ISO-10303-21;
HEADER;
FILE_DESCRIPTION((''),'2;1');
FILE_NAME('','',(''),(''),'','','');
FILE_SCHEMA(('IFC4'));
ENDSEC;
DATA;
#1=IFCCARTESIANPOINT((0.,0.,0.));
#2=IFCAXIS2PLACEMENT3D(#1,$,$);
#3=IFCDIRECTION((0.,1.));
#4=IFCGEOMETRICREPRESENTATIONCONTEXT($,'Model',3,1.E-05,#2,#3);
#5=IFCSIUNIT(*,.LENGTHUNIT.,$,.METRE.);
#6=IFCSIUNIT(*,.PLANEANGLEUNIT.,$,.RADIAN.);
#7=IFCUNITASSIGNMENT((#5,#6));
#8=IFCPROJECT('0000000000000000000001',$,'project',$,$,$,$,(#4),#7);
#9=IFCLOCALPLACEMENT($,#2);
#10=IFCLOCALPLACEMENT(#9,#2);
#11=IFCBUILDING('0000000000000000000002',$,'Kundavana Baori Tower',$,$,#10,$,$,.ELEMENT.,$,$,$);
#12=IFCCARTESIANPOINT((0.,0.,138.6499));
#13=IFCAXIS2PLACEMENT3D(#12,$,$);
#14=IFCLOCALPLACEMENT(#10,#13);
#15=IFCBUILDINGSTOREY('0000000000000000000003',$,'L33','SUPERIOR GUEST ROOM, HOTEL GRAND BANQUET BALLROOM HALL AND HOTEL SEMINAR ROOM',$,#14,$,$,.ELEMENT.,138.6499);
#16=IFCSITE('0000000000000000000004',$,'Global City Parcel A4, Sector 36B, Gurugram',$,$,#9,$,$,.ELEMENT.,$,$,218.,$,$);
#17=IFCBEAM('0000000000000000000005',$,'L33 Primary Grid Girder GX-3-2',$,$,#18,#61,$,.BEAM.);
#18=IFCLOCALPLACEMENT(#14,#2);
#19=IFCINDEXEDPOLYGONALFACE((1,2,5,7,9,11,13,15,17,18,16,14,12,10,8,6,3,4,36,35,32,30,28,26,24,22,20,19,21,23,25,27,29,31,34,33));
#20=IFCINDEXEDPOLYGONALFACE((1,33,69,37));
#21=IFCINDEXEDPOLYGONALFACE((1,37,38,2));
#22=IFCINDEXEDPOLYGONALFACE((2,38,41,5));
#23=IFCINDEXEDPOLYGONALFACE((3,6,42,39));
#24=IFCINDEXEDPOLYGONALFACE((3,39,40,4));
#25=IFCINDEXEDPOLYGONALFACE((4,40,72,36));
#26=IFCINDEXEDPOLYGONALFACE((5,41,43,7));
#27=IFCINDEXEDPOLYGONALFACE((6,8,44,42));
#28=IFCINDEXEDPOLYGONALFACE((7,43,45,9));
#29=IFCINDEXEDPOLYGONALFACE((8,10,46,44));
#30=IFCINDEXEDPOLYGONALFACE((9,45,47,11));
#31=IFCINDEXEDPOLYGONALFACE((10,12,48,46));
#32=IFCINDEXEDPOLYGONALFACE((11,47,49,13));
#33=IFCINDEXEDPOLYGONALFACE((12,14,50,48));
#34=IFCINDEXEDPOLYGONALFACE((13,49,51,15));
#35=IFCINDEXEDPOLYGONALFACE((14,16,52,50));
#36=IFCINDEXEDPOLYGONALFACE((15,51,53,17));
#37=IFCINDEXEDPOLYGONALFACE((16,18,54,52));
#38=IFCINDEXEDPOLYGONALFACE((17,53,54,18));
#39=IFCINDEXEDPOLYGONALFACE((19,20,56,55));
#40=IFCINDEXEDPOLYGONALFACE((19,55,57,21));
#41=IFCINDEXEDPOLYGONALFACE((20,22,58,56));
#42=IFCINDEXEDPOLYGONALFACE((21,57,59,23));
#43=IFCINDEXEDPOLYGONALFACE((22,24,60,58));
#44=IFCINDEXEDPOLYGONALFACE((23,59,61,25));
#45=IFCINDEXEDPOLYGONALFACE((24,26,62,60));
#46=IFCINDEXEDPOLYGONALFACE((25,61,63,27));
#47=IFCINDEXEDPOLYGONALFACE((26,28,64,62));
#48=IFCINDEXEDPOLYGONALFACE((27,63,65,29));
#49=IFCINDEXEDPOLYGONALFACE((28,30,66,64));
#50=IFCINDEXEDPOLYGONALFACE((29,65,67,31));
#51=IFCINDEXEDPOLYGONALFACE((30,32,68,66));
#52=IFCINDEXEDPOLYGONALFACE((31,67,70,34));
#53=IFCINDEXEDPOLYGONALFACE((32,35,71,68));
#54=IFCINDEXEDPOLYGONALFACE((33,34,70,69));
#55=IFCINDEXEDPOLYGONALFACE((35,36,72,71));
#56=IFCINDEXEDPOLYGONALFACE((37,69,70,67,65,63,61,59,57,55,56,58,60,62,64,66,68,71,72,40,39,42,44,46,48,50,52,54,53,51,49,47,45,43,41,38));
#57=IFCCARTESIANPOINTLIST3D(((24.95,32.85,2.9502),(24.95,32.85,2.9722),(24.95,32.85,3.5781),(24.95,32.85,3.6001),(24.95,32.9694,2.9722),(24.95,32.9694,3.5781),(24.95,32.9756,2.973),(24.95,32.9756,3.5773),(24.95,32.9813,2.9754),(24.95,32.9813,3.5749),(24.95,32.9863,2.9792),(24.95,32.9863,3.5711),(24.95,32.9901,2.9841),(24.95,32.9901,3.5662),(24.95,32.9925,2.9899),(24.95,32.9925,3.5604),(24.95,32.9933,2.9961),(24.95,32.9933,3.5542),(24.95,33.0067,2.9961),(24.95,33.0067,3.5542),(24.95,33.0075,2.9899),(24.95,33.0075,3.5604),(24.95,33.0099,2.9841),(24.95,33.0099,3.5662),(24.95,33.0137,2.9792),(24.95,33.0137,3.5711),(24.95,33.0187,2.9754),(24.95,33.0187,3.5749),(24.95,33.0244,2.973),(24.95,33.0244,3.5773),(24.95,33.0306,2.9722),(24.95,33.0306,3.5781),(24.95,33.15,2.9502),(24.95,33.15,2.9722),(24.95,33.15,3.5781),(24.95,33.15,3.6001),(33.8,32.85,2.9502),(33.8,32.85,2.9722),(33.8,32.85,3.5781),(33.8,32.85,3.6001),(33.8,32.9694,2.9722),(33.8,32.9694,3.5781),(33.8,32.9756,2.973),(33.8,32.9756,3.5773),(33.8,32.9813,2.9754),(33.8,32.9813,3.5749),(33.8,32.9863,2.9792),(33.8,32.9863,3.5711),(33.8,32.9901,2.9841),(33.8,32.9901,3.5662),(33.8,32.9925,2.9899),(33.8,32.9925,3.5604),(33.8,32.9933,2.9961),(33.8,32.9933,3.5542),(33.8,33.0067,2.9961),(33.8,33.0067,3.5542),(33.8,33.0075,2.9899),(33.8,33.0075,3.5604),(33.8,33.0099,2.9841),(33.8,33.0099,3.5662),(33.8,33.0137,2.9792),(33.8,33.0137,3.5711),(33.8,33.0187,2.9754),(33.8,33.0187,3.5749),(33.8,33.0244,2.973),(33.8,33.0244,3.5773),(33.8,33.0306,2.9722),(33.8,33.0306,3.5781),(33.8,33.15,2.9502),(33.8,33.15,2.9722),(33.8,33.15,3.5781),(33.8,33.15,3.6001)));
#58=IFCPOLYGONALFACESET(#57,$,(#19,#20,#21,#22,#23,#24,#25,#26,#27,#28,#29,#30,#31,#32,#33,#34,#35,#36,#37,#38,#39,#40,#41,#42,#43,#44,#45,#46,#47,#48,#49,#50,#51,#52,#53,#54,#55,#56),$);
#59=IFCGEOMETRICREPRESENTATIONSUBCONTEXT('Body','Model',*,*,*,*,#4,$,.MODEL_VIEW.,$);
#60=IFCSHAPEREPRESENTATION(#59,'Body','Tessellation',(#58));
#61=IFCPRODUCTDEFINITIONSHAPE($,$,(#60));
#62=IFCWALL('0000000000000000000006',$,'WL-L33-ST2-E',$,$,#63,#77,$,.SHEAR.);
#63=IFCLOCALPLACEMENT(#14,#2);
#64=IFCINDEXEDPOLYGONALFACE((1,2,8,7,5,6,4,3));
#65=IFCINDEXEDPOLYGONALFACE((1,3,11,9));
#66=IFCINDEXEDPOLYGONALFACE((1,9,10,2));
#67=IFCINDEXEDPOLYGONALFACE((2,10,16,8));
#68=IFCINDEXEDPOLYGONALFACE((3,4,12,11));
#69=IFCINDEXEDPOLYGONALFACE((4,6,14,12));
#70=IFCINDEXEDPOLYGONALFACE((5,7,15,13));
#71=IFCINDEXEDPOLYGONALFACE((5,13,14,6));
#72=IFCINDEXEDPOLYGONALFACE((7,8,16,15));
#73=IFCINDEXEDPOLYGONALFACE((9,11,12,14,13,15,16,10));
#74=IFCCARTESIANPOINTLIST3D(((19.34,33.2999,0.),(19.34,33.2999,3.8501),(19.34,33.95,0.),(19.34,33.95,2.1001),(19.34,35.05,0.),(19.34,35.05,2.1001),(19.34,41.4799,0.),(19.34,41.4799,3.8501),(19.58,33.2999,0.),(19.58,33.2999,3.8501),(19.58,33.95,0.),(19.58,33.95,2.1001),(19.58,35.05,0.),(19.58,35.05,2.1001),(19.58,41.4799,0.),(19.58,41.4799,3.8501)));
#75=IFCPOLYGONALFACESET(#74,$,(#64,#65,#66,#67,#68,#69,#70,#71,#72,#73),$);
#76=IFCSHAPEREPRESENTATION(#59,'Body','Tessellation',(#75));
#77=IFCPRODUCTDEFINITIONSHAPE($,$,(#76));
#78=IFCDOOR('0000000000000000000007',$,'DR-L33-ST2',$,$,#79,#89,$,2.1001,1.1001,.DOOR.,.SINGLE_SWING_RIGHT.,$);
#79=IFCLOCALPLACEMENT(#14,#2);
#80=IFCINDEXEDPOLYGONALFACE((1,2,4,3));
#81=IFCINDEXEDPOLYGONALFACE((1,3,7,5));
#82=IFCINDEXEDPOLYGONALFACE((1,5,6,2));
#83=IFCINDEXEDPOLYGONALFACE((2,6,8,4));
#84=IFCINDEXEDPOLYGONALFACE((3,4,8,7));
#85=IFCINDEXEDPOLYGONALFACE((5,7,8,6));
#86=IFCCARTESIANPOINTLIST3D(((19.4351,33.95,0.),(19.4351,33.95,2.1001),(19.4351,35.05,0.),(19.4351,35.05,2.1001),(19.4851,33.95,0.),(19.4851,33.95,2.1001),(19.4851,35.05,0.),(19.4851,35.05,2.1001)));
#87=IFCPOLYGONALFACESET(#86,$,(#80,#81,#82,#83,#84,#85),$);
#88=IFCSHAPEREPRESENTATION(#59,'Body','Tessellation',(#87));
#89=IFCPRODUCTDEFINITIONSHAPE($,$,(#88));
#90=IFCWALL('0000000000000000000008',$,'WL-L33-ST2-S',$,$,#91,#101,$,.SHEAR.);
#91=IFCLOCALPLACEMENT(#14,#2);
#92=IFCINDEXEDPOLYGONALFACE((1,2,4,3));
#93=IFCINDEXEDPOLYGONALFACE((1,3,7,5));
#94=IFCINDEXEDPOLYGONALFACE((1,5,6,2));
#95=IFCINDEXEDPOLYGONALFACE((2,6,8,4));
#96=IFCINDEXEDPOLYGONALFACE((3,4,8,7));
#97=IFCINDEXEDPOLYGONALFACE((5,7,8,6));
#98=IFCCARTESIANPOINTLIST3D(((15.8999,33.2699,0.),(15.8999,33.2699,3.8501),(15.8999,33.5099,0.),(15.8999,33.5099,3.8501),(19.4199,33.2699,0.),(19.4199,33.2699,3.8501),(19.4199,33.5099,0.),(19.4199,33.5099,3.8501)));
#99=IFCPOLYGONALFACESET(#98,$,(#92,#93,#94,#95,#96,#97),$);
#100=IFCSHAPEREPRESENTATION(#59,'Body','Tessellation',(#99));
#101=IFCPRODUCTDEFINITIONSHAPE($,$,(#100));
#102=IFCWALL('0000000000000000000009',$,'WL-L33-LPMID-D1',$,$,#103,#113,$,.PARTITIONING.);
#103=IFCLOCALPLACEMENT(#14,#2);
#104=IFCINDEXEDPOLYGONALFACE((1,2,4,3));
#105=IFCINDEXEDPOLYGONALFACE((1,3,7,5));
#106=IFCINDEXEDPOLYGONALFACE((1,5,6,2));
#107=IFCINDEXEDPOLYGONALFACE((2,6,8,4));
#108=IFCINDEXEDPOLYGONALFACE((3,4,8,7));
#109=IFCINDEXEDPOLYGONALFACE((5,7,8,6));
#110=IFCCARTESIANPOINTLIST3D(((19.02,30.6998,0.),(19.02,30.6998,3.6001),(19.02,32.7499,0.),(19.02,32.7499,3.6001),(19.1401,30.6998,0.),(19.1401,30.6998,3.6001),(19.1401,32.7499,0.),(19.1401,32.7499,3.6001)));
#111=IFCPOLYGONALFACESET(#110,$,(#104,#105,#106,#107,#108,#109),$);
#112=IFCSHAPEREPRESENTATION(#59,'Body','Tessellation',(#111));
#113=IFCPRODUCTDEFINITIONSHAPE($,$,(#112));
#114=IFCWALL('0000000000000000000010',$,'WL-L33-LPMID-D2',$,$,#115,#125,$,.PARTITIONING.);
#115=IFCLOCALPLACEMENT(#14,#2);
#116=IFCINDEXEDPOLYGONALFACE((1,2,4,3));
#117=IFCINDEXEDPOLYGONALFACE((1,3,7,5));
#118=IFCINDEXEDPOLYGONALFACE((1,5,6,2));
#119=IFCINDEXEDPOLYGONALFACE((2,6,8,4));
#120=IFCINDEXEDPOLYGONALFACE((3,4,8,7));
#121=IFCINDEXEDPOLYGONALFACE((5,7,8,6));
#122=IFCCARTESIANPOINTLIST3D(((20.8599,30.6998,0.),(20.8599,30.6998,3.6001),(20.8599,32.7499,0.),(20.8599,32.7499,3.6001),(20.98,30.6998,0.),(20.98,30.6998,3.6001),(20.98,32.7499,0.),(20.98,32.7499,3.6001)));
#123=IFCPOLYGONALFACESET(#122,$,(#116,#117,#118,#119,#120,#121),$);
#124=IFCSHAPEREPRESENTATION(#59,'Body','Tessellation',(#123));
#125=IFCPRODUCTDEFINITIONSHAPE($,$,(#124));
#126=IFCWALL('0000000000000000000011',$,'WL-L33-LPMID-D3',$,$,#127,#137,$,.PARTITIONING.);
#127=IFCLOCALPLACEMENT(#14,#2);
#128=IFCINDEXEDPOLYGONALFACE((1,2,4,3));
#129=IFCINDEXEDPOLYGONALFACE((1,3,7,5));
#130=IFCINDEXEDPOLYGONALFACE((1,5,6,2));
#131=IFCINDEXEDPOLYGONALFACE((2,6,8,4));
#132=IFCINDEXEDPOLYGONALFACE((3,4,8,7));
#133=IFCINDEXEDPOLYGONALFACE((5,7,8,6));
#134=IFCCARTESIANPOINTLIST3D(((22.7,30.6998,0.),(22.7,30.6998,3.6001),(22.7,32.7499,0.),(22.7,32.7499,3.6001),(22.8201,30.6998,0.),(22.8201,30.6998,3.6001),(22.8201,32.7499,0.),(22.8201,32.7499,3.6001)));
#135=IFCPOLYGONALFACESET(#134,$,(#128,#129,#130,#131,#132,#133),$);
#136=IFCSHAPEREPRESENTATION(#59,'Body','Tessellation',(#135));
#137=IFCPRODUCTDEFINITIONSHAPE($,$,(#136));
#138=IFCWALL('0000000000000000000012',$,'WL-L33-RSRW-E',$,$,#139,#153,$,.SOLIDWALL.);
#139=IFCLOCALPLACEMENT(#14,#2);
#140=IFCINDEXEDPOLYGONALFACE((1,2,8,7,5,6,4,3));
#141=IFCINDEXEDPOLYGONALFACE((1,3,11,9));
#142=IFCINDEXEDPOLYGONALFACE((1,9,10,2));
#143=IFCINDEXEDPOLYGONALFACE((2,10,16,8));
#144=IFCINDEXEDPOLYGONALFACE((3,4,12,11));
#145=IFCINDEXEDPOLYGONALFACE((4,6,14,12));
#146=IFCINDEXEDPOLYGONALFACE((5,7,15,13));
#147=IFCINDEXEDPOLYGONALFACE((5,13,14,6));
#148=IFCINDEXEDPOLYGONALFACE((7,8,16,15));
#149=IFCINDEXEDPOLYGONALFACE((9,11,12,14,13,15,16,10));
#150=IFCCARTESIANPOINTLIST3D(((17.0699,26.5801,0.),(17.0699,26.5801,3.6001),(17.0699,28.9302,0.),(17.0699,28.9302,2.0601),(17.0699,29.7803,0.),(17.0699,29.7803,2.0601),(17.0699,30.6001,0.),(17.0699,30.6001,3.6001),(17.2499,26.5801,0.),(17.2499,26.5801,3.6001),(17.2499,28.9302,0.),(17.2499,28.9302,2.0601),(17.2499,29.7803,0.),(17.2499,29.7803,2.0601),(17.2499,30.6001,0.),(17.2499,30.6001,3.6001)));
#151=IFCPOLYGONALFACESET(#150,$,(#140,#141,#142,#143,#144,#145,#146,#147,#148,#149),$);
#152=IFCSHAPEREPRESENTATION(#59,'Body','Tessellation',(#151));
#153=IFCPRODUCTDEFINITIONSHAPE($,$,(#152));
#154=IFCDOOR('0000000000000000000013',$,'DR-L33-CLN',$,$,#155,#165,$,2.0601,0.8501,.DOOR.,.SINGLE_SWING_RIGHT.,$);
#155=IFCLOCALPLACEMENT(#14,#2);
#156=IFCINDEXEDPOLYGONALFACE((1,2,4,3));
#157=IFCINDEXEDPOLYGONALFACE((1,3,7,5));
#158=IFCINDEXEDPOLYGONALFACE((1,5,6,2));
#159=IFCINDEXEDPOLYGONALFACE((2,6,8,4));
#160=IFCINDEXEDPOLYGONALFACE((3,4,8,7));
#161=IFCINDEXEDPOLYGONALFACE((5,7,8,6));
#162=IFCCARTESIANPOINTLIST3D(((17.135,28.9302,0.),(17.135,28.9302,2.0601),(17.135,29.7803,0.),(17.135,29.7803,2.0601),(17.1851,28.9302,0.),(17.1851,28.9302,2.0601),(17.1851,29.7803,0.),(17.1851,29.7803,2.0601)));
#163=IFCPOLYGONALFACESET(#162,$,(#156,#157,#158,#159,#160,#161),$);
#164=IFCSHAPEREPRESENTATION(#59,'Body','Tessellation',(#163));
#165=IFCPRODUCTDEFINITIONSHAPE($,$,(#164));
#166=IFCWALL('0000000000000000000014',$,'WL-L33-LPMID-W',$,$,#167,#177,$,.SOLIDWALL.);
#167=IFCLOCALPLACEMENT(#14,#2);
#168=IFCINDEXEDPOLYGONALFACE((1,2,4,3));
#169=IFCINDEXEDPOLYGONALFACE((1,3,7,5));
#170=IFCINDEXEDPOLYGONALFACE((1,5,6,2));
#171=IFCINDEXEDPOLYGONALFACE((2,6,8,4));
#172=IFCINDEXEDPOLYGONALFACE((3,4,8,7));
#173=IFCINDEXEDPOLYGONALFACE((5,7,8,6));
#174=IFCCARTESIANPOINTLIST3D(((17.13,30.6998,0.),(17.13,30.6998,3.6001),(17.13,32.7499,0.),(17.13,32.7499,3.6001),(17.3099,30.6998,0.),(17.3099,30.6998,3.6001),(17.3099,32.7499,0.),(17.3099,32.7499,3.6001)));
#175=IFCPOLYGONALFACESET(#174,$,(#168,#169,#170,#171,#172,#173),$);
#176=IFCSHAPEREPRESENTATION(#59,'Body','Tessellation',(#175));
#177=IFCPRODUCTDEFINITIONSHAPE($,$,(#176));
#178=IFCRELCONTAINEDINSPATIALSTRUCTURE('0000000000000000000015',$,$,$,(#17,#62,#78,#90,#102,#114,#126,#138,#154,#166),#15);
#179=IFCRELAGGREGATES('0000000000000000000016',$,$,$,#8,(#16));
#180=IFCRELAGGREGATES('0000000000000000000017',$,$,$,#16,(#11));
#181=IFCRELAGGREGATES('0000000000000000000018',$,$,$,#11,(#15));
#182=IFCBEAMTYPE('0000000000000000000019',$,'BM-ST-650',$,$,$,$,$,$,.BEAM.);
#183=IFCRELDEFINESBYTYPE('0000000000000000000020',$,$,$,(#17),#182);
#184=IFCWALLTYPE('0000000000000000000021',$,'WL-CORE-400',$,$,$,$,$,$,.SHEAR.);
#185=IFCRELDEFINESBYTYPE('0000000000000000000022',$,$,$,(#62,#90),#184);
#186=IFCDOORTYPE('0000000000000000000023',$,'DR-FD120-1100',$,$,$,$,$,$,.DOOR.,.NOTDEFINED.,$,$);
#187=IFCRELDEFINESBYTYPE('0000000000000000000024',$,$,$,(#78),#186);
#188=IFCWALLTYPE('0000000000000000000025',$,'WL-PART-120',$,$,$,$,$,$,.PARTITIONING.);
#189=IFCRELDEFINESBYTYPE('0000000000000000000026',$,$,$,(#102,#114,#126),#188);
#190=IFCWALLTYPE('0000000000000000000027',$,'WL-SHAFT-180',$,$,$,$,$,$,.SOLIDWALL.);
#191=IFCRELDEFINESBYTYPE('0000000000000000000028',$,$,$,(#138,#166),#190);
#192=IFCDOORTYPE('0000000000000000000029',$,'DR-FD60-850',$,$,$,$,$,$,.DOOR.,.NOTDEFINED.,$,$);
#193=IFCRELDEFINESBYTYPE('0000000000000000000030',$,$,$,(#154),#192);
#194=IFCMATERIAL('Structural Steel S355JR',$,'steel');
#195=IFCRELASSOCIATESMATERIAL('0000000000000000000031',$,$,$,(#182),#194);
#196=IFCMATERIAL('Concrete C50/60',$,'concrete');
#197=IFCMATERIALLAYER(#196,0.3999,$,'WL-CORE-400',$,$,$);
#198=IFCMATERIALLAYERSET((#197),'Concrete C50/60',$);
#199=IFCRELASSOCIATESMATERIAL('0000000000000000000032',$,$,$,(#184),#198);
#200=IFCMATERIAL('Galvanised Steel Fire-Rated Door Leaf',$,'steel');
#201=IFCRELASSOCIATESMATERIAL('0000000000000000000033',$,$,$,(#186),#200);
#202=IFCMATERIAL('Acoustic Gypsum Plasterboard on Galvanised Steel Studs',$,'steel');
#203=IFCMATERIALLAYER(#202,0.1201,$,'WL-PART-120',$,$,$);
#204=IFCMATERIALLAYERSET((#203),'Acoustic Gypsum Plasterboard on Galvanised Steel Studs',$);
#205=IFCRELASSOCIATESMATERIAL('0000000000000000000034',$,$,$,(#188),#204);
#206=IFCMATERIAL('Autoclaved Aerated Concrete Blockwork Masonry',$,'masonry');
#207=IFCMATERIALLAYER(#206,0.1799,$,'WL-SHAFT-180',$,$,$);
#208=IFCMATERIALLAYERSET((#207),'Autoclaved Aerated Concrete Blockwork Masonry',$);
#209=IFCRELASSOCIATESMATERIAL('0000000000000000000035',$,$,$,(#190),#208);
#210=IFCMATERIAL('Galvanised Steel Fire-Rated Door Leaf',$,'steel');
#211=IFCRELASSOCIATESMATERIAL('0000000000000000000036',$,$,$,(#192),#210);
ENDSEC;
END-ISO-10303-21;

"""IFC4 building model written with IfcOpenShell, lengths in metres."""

from ifc_helpers import new_model, si_unit, direction, frame, frame_2d, origin, origin_2d, place, context, subcontext, project, spatial, rectangle, i_section, extrude, material, layer, layer_set, material_profile, profile_set, type_object, element, fill, save


model = new_model("IFC4")

# Units and contexts
model_context = context("Model", 3, precision=1e-05, world=origin(), true_north=direction((0.0, 1.0)))
body_context = subcontext(model_context, "Body", "Model", "MODEL_VIEW")
ifc_project = project(units=[si_unit("LENGTHUNIT", "METRE"), si_unit("PLANEANGLEUNIT", "RADIAN")], contexts=[model_context])

# Site, building, storey
site_placement = place(None, origin())
site = spatial("IfcSite", under=ifc_project, at=site_placement, Name="Global City Parcel A4, Sector 36B, Gurugram", CompositionType="ELEMENT", RefElevation=218.0)
building_placement = place(site_placement, origin())
building = spatial("IfcBuilding", under=site, at=building_placement, Name="Kundavana Baori Tower", CompositionType="ELEMENT")
storey_placement = place(building_placement, frame((0.0, 0.0, 138.6499)))
storey = spatial("IfcBuildingStorey", under=building, at=storey_placement, Name="L33", Description="SUPERIOR GUEST ROOM, HOTEL GRAND BANQUET BALLROOM HALL AND HOTEL SEMINAR ROOM", CompositionType="ELEMENT", Elevation=138.6499)

# Beam
ifc_material_1 = material(Name="Structural Steel S355JR", Category="steel")
ifc_material_profile_1 = material_profile(ifc_material_1, i_section(OverallWidth=0.3, OverallDepth=0.6499, WebThickness=0.0134, FlangeThickness=0.022, FilletRadius=0.0239, at=origin_2d()), Name="NPB 650x300x155")
ifc_profile_set_1 = profile_set([ifc_material_profile_1], Name="Structural Steel S355JR")
beam_type_1 = type_object("IfcBeamType", Name="BM-ST-650", PredefinedType="BEAM", material=ifc_profile_set_1)
for number, where, z_axis, x_axis, name in (
    (1, (24.95, 33.0, 3.2751), (1.0, 0.0, 0.0), (0.0, 1.0, 0.0), "L33 Primary Grid Girder GX-3-2"),
):
    element("IfcBeam", number, at=place(storey_placement, frame(where, z_axis=z_axis, x_axis=x_axis)), inside=storey, type_object=beam_type_1, Name=name, PredefinedType="BEAM", context=body_context, shape_type="SweptSolid", body=[
        extrude(i_section(OverallWidth=0.3, OverallDepth=0.6499, WebThickness=0.0134, FlangeThickness=0.022, FilletRadius=0.0239, at=origin_2d()), origin(), (0.0, 0.0, 1.0), 8.8501),
    ])

# Wall, opening, door
ifc_material_2 = material(Name="Concrete C50/60", Category="concrete")
ifc_layer_1 = layer(ifc_material_2, 0.3999, Name="WL-CORE-400")
ifc_layer_set_1 = layer_set([ifc_layer_1], Name="Concrete C50/60")
wall_type_1 = type_object("IfcWallType", Name="WL-CORE-400", PredefinedType="SHEAR", material=ifc_layer_set_1)
wall_1_placement = place(storey_placement, frame((19.46, 33.3, 0.0), z_axis=(0.0, 0.0, 1.0), x_axis=(0.0, 1.0, 0.0)))
wall_1 = element("IfcWall", 2, at=wall_1_placement, inside=storey, type_object=wall_type_1, Name="WL-L33-ST2-E", PredefinedType="SHEAR", context=body_context, shape_type="SweptSolid", body=[
    extrude(rectangle(XDim=8.1799, YDim=0.24, at=frame_2d((4.0898, 0.0))), origin(), (0.0, 0.0, 1.0), 3.8501),
])
opening_1_placement = place(wall_1_placement, frame((0.6499, 0.0, 0.0)))
opening_1 = element("IfcOpeningElement", 3, at=opening_1_placement, cuts=wall_1, PredefinedType="OPENING", context=body_context, shape_type="SweptSolid", body=[
    extrude(rectangle(XDim=1.1001, YDim=2.1001, at=frame_2d((0.55, 1.05))), frame((0.0, 0.1299, 0.0), z_axis=(0.0, -1.0, 0.0), x_axis=(1.0, 0.0, 0.0)), (0.0, 0.0, 1.0), 0.26),
])
ifc_material_3 = material(Name="Galvanised Steel Fire-Rated Door Leaf", Category="steel")
door_type_1 = type_object("IfcDoorType", Name="DR-FD120-1100", OperationType="NOTDEFINED", PredefinedType="DOOR", material=ifc_material_3)
door_1_placement = place(opening_1_placement, origin())
door_1 = element("IfcDoor", 4, at=door_1_placement, inside=storey, type_object=door_type_1, Name="DR-L33-ST2", OperationType="SINGLE_SWING_RIGHT", OverallHeight=2.1001, OverallWidth=1.1001, PredefinedType="DOOR", context=body_context, shape_type="SweptSolid", body=[
    extrude(rectangle(XDim=1.1001, YDim=2.1001, at=frame_2d((0.55, 1.05))), frame((0.0, 0.0249, 0.0), z_axis=(0.0, -1.0, 0.0), x_axis=(1.0, 0.0, 0.0)), (0.0, 0.0, 1.0), 0.05),
])
fill(opening_1, door_1)

# Walls
wall_2_placement = place(storey_placement, frame((15.8999, 33.3899, 0.0), z_axis=(0.0, 0.0, 1.0), x_axis=(1.0, 0.0, 0.0)))
element("IfcWall", 5, at=wall_2_placement, inside=storey, type_object=wall_type_1, Name="WL-L33-ST2-S", PredefinedType="SHEAR", context=body_context, shape_type="SweptSolid", body=[
    extrude(rectangle(XDim=3.52, YDim=0.24, at=frame_2d((1.76, 0.0))), origin(), (0.0, 0.0, 1.0), 3.8501),
])
ifc_material_4 = material(Name="Acoustic Gypsum Plasterboard on Galvanised Steel Studs", Category="steel")
ifc_layer_2 = layer(ifc_material_4, 0.1201, Name="WL-PART-120")
ifc_layer_set_2 = layer_set([ifc_layer_2], Name="Acoustic Gypsum Plasterboard on Galvanised Steel Studs")
wall_type_2 = type_object("IfcWallType", Name="WL-PART-120", PredefinedType="PARTITIONING", material=ifc_layer_set_2)
for number, where, z_axis, x_axis, name in (
    (6, (19.0801, 30.7, 0.0), (0.0, 0.0, 1.0), (0.0, 1.0, 0.0), "WL-L33-LPMID-D1"),
    (7, (20.9199, 30.7, 0.0), (0.0, 0.0, 1.0), (0.0, 1.0, 0.0), "WL-L33-LPMID-D2"),
    (8, (22.76, 30.7, 0.0), (0.0, 0.0, 1.0), (0.0, 1.0, 0.0), "WL-L33-LPMID-D3"),
):
    element("IfcWall", number, at=place(storey_placement, frame(where, z_axis=z_axis, x_axis=x_axis)), inside=storey, type_object=wall_type_2, Name=name, PredefinedType="PARTITIONING", context=body_context, shape_type="SweptSolid", body=[
        extrude(rectangle(XDim=2.05, YDim=0.1201, at=frame_2d((1.0249, 0.0))), origin(), (0.0, 0.0, 1.0), 3.6001),
    ])

# Wall, opening, door
ifc_material_5 = material(Name="Autoclaved Aerated Concrete Blockwork Masonry", Category="masonry")
ifc_layer_3 = layer(ifc_material_5, 0.1799, Name="WL-SHAFT-180")
ifc_layer_set_3 = layer_set([ifc_layer_3], Name="Autoclaved Aerated Concrete Blockwork Masonry")
wall_type_3 = type_object("IfcWallType", Name="WL-SHAFT-180", PredefinedType="SOLIDWALL", material=ifc_layer_set_3)
wall_3_placement = place(storey_placement, frame((17.1599, 26.5801, 0.0), z_axis=(0.0, 0.0, 1.0), x_axis=(0.0, 1.0, 0.0)))
wall_3 = element("IfcWall", 9, at=wall_3_placement, inside=storey, type_object=wall_type_3, Name="WL-L33-RSRW-E", PredefinedType="SOLIDWALL", context=body_context, shape_type="SweptSolid", body=[
    extrude(rectangle(XDim=4.02, YDim=0.1799, at=frame_2d((2.01, 0.0))), origin(), (0.0, 0.0, 1.0), 3.6001),
])
opening_2_placement = place(wall_3_placement, frame((2.3501, 0.0, 0.0)))
opening_2 = element("IfcOpeningElement", 10, at=opening_2_placement, cuts=wall_3, PredefinedType="OPENING", context=body_context, shape_type="SweptSolid", body=[
    extrude(rectangle(XDim=0.8501, YDim=2.0601, at=frame_2d((0.425, 1.03))), frame((0.0, 0.1001, 0.0), z_axis=(0.0, -1.0, 0.0), x_axis=(1.0, 0.0, 0.0)), (0.0, 0.0, 1.0), 0.2),
])
ifc_material_6 = material(Name="Galvanised Steel Fire-Rated Door Leaf", Category="steel")
door_type_2 = type_object("IfcDoorType", Name="DR-FD60-850", OperationType="NOTDEFINED", PredefinedType="DOOR", material=ifc_material_6)
door_2_placement = place(opening_2_placement, origin())
door_2 = element("IfcDoor", 11, at=door_2_placement, inside=storey, type_object=door_type_2, Name="DR-L33-CLN", OperationType="SINGLE_SWING_RIGHT", OverallHeight=2.0601, OverallWidth=0.8501, PredefinedType="DOOR", context=body_context, shape_type="SweptSolid", body=[
    extrude(rectangle(XDim=0.8501, YDim=2.0601, at=frame_2d((0.425, 1.03))), frame((0.0, 0.0249, 0.0), z_axis=(0.0, -1.0, 0.0), x_axis=(1.0, 0.0, 0.0)), (0.0, 0.0, 1.0), 0.05),
])
fill(opening_2, door_2)

# Wall
wall_4_placement = place(storey_placement, frame((17.22, 30.7, 0.0), z_axis=(0.0, 0.0, 1.0), x_axis=(0.0, 1.0, 0.0)))
element("IfcWall", 12, at=wall_4_placement, inside=storey, type_object=wall_type_3, Name="WL-L33-LPMID-W", PredefinedType="SOLIDWALL", context=body_context, shape_type="SweptSolid", body=[
    extrude(rectangle(XDim=2.05, YDim=0.1799, at=frame_2d((1.0249, 0.0))), origin(), (0.0, 0.0, 1.0), 3.6001),
])

save(model, "model.ifc")
